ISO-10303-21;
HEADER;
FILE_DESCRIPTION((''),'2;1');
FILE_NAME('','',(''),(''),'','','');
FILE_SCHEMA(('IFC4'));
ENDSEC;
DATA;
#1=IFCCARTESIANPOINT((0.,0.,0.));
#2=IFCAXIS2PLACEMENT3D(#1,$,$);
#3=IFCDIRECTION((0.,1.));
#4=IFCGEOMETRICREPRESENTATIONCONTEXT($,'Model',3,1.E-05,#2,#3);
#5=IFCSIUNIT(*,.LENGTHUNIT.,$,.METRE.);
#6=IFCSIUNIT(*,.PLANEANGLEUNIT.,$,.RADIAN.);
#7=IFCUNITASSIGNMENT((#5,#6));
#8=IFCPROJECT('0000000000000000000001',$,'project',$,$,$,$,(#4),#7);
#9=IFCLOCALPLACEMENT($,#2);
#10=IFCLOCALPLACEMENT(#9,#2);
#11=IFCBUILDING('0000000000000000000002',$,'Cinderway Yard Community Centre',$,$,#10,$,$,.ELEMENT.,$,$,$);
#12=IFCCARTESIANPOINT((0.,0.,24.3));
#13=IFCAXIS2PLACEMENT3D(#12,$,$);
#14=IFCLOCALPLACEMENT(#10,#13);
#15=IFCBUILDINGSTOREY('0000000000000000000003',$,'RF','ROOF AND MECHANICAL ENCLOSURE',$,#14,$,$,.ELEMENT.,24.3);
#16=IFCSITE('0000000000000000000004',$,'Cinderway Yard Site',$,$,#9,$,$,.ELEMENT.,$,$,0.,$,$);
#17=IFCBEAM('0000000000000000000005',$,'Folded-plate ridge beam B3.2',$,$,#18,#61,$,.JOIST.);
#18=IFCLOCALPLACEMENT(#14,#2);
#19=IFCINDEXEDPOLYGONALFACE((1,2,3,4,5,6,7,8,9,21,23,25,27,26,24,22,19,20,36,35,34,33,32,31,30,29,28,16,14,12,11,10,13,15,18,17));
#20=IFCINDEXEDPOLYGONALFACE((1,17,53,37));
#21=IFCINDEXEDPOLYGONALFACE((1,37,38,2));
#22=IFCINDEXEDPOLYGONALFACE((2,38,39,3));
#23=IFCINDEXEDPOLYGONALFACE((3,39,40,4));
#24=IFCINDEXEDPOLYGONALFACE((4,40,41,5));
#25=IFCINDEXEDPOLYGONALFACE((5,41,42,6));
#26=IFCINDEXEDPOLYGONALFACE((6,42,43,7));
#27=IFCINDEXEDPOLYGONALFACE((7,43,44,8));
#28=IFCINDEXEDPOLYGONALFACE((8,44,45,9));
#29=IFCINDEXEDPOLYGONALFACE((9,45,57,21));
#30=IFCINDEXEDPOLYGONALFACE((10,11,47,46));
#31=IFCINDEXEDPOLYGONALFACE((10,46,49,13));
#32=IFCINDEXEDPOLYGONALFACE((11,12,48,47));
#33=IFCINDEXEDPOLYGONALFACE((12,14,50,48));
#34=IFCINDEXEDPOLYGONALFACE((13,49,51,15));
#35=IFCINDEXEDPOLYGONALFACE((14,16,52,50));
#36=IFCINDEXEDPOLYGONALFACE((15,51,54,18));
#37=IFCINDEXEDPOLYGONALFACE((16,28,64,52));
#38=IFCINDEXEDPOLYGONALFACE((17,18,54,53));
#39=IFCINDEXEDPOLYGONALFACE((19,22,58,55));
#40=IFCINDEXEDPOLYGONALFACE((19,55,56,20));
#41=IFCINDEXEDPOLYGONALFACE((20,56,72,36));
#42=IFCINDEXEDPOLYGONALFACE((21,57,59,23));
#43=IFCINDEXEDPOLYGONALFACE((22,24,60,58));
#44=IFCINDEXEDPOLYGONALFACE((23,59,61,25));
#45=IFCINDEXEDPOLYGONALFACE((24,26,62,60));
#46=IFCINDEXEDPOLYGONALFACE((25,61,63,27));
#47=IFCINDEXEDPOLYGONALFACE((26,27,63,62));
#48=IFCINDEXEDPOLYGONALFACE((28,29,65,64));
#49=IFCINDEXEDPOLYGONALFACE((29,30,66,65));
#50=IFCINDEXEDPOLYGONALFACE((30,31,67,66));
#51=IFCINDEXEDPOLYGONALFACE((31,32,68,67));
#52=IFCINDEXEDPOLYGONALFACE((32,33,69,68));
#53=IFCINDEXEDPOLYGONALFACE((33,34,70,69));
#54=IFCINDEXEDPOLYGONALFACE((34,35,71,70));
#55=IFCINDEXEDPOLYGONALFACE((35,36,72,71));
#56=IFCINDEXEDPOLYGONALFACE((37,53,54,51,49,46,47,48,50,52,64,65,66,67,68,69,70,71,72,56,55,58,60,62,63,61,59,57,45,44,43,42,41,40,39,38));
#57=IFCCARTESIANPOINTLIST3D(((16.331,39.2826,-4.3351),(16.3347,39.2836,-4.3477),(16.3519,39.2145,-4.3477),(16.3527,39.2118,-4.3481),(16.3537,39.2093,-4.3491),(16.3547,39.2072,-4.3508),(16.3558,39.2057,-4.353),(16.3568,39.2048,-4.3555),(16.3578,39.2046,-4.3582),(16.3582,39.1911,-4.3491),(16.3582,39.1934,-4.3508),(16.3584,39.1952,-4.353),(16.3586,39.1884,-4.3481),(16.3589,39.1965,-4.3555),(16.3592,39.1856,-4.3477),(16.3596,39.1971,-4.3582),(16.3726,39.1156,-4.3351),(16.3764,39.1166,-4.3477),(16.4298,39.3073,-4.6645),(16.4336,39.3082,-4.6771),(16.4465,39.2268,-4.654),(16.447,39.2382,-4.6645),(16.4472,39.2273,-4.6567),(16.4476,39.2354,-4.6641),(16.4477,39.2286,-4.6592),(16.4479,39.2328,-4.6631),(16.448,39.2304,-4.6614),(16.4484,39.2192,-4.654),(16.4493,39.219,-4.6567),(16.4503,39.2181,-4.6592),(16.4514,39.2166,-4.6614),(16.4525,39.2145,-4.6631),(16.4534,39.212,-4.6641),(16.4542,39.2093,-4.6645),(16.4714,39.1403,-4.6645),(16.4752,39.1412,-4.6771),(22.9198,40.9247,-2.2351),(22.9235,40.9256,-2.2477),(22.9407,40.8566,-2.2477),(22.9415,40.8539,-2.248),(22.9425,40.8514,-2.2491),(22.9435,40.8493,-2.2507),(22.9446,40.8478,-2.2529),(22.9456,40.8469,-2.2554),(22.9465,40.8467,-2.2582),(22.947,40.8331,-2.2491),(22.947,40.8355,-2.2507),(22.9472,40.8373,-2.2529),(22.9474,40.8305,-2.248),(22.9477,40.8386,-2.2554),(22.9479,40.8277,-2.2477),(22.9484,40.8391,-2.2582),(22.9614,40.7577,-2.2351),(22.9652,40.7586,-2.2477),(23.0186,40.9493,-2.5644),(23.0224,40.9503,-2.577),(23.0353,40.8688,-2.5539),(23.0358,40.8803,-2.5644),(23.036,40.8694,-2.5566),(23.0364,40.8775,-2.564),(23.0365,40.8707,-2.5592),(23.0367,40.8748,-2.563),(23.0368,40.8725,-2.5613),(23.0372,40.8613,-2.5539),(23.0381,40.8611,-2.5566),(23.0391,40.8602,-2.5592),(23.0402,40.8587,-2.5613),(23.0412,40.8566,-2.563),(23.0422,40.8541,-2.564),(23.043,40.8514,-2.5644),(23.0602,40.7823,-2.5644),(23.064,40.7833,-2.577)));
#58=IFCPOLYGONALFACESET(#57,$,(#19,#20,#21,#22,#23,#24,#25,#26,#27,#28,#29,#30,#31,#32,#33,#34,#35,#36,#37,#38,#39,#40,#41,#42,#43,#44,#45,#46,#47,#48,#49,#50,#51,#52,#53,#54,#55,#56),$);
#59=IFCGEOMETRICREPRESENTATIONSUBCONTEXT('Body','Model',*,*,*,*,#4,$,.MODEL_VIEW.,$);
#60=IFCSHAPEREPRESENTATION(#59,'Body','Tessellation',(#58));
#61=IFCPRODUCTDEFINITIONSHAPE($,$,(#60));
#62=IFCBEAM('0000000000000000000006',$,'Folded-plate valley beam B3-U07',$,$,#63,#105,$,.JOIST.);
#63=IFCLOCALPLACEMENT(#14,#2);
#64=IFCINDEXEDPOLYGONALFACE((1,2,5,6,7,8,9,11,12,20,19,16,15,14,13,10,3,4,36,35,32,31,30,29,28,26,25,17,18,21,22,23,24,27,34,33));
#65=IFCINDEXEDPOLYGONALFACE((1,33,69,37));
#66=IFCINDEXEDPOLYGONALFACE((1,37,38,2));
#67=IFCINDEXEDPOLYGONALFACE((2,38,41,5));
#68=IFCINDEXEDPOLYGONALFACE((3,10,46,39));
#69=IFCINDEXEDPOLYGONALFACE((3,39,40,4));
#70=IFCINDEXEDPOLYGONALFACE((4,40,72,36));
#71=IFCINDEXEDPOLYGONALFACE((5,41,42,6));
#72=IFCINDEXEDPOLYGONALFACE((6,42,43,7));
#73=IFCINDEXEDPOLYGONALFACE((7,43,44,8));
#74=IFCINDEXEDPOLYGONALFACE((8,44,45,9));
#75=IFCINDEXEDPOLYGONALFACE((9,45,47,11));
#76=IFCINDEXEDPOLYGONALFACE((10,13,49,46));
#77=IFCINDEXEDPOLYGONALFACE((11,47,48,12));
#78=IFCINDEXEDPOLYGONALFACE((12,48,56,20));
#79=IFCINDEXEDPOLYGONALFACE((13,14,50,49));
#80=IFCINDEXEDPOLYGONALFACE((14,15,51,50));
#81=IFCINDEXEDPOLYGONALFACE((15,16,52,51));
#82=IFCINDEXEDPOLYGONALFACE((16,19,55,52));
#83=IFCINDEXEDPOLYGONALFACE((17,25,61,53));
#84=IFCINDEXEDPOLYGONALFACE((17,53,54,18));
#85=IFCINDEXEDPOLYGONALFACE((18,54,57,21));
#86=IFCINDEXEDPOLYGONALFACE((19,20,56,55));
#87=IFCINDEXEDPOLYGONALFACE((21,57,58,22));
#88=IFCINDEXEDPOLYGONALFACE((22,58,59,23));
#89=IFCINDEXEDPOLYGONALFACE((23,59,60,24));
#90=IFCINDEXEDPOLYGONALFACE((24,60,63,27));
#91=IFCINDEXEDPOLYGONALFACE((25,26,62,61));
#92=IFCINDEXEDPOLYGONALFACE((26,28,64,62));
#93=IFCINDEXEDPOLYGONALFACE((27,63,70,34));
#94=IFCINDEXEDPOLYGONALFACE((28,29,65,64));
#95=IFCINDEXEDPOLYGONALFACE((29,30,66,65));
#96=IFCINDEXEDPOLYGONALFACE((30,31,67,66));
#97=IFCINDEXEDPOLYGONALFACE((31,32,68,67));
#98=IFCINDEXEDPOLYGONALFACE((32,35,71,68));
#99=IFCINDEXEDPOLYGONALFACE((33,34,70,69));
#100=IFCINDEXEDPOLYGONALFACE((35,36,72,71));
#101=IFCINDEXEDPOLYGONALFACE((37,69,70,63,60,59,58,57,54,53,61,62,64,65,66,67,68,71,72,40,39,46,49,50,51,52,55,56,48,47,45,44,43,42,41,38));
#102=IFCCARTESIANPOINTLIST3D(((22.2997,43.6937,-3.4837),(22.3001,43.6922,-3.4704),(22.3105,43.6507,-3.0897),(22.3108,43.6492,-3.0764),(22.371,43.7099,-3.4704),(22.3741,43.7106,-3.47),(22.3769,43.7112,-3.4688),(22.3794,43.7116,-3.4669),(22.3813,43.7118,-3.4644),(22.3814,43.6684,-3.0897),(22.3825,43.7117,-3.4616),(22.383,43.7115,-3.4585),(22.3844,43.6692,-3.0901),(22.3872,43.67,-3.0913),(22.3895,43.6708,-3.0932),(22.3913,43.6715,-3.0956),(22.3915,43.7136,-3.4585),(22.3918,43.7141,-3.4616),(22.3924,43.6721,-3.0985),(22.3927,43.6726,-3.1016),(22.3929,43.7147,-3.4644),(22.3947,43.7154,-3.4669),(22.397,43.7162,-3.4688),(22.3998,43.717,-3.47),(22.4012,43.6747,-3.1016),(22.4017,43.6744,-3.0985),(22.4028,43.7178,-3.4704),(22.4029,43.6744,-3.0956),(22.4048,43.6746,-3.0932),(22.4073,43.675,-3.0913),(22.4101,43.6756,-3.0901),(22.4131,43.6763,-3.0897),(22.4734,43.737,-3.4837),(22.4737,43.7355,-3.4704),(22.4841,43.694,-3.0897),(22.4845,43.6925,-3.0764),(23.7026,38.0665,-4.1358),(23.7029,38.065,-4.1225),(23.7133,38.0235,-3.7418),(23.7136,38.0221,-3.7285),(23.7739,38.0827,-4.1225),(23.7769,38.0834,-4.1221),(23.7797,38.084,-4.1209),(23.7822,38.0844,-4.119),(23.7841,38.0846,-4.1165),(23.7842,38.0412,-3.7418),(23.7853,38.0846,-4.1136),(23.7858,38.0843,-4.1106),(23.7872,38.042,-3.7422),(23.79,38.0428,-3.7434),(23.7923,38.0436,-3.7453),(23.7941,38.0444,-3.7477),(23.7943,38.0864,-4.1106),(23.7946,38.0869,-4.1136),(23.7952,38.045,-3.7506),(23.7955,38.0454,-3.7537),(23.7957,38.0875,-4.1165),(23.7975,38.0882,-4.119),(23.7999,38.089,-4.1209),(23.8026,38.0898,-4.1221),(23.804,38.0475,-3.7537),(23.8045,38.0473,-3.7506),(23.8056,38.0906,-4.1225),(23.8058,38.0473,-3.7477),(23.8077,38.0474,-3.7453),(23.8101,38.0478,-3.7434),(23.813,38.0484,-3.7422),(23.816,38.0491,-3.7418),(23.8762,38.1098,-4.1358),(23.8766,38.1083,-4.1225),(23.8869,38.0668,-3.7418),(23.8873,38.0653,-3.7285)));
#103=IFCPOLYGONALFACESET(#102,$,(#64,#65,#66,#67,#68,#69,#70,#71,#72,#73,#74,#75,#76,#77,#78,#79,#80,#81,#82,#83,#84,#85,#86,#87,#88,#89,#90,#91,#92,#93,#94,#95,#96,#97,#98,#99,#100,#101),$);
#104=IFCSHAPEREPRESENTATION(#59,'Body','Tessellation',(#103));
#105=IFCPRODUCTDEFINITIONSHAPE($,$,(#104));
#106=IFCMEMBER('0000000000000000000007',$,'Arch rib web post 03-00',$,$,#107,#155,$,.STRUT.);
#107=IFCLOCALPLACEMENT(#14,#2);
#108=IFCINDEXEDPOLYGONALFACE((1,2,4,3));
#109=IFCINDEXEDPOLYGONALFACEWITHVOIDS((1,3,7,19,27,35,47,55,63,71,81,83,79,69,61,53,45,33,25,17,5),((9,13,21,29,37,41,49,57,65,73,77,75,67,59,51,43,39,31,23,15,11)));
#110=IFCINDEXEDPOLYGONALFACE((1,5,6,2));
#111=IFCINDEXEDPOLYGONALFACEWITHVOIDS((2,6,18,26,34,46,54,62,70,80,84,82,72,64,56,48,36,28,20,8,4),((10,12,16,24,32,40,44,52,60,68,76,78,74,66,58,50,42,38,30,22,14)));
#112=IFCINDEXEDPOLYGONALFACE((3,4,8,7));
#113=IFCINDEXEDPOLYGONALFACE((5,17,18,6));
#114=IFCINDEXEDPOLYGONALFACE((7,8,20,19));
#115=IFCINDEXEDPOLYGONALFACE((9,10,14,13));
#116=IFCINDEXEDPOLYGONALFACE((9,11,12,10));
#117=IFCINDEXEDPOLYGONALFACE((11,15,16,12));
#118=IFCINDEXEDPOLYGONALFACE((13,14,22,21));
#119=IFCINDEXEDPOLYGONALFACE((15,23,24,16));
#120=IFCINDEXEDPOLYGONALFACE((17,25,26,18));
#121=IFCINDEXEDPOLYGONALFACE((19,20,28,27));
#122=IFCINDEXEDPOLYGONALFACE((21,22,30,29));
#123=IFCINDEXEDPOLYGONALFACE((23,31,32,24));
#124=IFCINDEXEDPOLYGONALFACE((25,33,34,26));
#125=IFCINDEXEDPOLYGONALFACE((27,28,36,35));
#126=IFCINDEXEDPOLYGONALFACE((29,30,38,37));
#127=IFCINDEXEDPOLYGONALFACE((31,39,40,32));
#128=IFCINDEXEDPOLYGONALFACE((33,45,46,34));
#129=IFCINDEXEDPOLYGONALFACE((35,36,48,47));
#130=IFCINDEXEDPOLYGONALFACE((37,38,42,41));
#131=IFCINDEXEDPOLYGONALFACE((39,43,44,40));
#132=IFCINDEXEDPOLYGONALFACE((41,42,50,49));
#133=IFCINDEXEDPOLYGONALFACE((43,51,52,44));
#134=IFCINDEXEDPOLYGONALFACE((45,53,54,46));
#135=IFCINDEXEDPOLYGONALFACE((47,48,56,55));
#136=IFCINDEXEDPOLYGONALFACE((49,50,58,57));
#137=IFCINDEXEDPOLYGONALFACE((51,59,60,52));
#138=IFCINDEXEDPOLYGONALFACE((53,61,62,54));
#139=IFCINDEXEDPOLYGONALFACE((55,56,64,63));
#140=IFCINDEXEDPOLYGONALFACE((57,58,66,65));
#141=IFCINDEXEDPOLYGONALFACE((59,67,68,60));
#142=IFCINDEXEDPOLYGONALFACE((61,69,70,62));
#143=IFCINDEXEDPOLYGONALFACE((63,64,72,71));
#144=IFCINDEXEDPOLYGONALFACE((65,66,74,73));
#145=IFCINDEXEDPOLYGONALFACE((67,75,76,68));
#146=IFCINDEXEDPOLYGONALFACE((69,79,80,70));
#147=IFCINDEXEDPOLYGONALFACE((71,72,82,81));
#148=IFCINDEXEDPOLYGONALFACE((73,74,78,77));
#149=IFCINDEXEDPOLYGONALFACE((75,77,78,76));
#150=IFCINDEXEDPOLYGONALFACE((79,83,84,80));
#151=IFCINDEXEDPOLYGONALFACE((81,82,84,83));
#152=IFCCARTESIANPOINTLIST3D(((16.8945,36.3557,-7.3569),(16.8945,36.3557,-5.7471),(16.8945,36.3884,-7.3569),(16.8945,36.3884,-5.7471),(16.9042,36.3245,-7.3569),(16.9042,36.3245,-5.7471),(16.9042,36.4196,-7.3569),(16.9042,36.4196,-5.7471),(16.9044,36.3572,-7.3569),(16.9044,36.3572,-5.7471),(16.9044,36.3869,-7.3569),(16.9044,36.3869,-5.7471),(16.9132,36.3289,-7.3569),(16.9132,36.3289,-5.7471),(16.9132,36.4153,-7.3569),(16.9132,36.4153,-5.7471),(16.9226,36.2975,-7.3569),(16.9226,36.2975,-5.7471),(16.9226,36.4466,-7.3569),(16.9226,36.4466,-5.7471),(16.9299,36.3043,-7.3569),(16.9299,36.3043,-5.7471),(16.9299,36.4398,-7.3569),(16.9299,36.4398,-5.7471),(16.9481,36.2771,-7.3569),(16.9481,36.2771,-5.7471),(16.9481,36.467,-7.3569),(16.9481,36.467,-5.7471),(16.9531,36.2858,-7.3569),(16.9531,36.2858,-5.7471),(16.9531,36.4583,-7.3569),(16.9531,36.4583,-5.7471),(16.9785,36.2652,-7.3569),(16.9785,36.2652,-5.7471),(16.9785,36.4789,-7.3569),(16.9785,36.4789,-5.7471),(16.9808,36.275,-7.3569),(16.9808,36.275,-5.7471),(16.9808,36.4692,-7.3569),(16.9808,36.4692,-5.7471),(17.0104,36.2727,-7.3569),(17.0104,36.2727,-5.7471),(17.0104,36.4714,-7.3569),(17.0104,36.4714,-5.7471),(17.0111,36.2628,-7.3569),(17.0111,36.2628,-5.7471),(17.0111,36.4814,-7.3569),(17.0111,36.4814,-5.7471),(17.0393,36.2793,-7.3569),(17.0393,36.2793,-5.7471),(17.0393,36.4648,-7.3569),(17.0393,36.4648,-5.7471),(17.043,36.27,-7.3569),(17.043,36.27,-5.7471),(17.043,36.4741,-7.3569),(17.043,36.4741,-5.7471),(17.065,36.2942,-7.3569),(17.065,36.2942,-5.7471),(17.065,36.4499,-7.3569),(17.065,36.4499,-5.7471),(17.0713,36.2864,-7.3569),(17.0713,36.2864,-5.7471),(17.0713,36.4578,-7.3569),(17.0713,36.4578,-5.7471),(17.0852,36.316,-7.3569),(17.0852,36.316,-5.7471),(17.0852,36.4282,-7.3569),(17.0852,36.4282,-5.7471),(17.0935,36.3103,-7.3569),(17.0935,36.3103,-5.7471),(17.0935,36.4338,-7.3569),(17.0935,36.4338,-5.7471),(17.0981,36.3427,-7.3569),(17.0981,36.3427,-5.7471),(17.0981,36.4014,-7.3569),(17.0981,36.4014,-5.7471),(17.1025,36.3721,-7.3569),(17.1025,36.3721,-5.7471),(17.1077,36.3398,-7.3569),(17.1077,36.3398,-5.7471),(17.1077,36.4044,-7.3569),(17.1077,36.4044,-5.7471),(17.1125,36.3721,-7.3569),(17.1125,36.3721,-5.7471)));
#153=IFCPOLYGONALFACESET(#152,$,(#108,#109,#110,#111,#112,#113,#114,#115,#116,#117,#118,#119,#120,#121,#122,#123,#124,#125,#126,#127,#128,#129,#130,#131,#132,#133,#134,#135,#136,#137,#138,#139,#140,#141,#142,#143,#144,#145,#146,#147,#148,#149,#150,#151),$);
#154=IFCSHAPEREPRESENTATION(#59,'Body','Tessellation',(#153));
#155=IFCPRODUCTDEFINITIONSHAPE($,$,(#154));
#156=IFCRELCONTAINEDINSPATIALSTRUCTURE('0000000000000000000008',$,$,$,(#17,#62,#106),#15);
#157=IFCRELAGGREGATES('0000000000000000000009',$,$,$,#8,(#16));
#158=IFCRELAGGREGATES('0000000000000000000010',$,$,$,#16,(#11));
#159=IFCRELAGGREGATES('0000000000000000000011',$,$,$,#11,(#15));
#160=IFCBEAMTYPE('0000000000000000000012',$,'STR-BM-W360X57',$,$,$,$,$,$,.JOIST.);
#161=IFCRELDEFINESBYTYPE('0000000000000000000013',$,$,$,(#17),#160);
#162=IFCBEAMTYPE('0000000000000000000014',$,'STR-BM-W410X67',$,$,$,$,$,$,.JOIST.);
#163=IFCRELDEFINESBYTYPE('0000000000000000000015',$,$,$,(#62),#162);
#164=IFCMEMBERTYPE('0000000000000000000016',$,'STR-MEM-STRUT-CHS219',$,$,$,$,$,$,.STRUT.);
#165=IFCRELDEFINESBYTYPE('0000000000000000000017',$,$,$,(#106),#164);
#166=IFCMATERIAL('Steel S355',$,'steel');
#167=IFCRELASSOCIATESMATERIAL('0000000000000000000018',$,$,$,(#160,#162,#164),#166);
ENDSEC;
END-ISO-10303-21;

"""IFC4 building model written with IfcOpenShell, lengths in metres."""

from ifc_helpers import new_model, si_unit, direction, frame, origin, origin_2d, place, context, subcontext, project, spatial, hollow_circle, i_section, extrude, material, material_profile, profile_set, type_object, element, save


model = new_model("IFC4")

# Units and contexts
model_context = context("Model", 3, precision=1e-05, world=origin(), true_north=direction((0.0, 1.0)))
body_context = subcontext(model_context, "Body", "Model", "MODEL_VIEW")
ifc_project = project(units=[si_unit("LENGTHUNIT", "METRE"), si_unit("PLANEANGLEUNIT", "RADIAN")], contexts=[model_context])

# Site, building, storey
site_placement = place(None, origin())
site = spatial("IfcSite", under=ifc_project, at=site_placement, Name="Cinderway Yard Site", CompositionType="ELEMENT", RefElevation=0.0)
building_placement = place(site_placement, origin())
building = spatial("IfcBuilding", under=site, at=building_placement, Name="Cinderway Yard Community Centre", CompositionType="ELEMENT")
storey_placement = place(building_placement, frame((0.0, 0.0, 24.3)))
storey = spatial("IfcBuildingStorey", under=building, at=storey_placement, Name="RF", Description="ROOF AND MECHANICAL ENCLOSURE", CompositionType="ELEMENT", Elevation=24.3)

# Beams
ifc_material_1 = material(Name="Steel S355", Category="steel")
ifc_material_profile_1 = material_profile(ifc_material_1, i_section(OverallWidth=0.1721, OverallDepth=0.3579, WebThickness=0.0078, FlangeThickness=0.0132, FilletRadius=0.011, at=origin_2d()), Name="Steel S355")
ifc_profile_set_1 = profile_set([ifc_material_profile_1], Name="Steel S355")
beam_type_1 = type_object("IfcBeamType", Name="STR-BM-W360X57", PredefinedType="JOIST", material=ifc_profile_set_1)
beam_1_placement = place(storey_placement, frame((16.4031, 39.2119, -4.5061), z_axis=(0.926998, 0.231028, 0.295466), x_axis=(-0.241825, 0.97032, 0.0)))
element("IfcBeam", 1, at=beam_1_placement, inside=storey, type_object=beam_type_1, Name="Folded-plate ridge beam B3.2", PredefinedType="JOIST", context=body_context, shape_type="SweptSolid", body=[
    extrude(i_section(OverallWidth=0.1721, OverallDepth=0.3579, WebThickness=0.0078, FlangeThickness=0.0132, FilletRadius=0.011, at=origin_2d()), origin(), (0.0, 0.0, 1.0), 7.1077),
])
ifc_material_profile_2 = material_profile(ifc_material_1, i_section(OverallWidth=0.179, OverallDepth=0.4099, WebThickness=0.0088, FlangeThickness=0.0134, FilletRadius=0.012, at=origin_2d()), Name="Steel S355")
ifc_profile_set_2 = profile_set([ifc_material_profile_2], Name="Steel S355")
beam_type_2 = type_object("IfcBeamType", Name="STR-BM-W410X67", PredefinedType="JOIST", material=ifc_profile_set_2)
beam_2_placement = place(storey_placement, frame((23.7949, 38.0659, -3.9321), z_axis=(-0.240377, 0.964227, 0.111738), x_axis=(-0.970303, -0.241892, 0.0)))
element("IfcBeam", 2, at=beam_2_placement, inside=storey, type_object=beam_type_2, Name="Folded-plate valley beam B3-U07", PredefinedType="JOIST", context=body_context, shape_type="SweptSolid", body=[
    extrude(i_section(OverallWidth=0.179, OverallDepth=0.4099, WebThickness=0.0088, FlangeThickness=0.0134, FilletRadius=0.012, at=origin_2d()), origin(), (0.0, 0.0, 1.0), 5.8359),
])

# Member
ifc_material_profile_3 = material_profile(ifc_material_1, hollow_circle(Radius=0.1096, WallThickness=0.01, at=origin_2d()), Name="Steel S355")
ifc_profile_set_3 = profile_set([ifc_material_profile_3], Name="Steel S355")
member_type_1 = type_object("IfcMemberType", Name="STR-MEM-STRUT-CHS219", PredefinedType="STRUT", material=ifc_profile_set_3)
member_1_placement = place(storey_placement, frame((17.0029, 36.3721, -7.3569), z_axis=(0.0, 0.0, 1.0), x_axis=(1.0, 0.0, 0.0)))
element("IfcMember", 3, at=member_1_placement, inside=storey, type_object=member_type_1, Name="Arch rib web post 03-00", PredefinedType="STRUT", context=body_context, shape_type="SweptSolid", body=[
    extrude(hollow_circle(Radius=0.1096, WallThickness=0.01, at=origin_2d()), origin(), (0.0, 0.0, 1.0), 1.6099),
])

save(model, "model.ifc")
